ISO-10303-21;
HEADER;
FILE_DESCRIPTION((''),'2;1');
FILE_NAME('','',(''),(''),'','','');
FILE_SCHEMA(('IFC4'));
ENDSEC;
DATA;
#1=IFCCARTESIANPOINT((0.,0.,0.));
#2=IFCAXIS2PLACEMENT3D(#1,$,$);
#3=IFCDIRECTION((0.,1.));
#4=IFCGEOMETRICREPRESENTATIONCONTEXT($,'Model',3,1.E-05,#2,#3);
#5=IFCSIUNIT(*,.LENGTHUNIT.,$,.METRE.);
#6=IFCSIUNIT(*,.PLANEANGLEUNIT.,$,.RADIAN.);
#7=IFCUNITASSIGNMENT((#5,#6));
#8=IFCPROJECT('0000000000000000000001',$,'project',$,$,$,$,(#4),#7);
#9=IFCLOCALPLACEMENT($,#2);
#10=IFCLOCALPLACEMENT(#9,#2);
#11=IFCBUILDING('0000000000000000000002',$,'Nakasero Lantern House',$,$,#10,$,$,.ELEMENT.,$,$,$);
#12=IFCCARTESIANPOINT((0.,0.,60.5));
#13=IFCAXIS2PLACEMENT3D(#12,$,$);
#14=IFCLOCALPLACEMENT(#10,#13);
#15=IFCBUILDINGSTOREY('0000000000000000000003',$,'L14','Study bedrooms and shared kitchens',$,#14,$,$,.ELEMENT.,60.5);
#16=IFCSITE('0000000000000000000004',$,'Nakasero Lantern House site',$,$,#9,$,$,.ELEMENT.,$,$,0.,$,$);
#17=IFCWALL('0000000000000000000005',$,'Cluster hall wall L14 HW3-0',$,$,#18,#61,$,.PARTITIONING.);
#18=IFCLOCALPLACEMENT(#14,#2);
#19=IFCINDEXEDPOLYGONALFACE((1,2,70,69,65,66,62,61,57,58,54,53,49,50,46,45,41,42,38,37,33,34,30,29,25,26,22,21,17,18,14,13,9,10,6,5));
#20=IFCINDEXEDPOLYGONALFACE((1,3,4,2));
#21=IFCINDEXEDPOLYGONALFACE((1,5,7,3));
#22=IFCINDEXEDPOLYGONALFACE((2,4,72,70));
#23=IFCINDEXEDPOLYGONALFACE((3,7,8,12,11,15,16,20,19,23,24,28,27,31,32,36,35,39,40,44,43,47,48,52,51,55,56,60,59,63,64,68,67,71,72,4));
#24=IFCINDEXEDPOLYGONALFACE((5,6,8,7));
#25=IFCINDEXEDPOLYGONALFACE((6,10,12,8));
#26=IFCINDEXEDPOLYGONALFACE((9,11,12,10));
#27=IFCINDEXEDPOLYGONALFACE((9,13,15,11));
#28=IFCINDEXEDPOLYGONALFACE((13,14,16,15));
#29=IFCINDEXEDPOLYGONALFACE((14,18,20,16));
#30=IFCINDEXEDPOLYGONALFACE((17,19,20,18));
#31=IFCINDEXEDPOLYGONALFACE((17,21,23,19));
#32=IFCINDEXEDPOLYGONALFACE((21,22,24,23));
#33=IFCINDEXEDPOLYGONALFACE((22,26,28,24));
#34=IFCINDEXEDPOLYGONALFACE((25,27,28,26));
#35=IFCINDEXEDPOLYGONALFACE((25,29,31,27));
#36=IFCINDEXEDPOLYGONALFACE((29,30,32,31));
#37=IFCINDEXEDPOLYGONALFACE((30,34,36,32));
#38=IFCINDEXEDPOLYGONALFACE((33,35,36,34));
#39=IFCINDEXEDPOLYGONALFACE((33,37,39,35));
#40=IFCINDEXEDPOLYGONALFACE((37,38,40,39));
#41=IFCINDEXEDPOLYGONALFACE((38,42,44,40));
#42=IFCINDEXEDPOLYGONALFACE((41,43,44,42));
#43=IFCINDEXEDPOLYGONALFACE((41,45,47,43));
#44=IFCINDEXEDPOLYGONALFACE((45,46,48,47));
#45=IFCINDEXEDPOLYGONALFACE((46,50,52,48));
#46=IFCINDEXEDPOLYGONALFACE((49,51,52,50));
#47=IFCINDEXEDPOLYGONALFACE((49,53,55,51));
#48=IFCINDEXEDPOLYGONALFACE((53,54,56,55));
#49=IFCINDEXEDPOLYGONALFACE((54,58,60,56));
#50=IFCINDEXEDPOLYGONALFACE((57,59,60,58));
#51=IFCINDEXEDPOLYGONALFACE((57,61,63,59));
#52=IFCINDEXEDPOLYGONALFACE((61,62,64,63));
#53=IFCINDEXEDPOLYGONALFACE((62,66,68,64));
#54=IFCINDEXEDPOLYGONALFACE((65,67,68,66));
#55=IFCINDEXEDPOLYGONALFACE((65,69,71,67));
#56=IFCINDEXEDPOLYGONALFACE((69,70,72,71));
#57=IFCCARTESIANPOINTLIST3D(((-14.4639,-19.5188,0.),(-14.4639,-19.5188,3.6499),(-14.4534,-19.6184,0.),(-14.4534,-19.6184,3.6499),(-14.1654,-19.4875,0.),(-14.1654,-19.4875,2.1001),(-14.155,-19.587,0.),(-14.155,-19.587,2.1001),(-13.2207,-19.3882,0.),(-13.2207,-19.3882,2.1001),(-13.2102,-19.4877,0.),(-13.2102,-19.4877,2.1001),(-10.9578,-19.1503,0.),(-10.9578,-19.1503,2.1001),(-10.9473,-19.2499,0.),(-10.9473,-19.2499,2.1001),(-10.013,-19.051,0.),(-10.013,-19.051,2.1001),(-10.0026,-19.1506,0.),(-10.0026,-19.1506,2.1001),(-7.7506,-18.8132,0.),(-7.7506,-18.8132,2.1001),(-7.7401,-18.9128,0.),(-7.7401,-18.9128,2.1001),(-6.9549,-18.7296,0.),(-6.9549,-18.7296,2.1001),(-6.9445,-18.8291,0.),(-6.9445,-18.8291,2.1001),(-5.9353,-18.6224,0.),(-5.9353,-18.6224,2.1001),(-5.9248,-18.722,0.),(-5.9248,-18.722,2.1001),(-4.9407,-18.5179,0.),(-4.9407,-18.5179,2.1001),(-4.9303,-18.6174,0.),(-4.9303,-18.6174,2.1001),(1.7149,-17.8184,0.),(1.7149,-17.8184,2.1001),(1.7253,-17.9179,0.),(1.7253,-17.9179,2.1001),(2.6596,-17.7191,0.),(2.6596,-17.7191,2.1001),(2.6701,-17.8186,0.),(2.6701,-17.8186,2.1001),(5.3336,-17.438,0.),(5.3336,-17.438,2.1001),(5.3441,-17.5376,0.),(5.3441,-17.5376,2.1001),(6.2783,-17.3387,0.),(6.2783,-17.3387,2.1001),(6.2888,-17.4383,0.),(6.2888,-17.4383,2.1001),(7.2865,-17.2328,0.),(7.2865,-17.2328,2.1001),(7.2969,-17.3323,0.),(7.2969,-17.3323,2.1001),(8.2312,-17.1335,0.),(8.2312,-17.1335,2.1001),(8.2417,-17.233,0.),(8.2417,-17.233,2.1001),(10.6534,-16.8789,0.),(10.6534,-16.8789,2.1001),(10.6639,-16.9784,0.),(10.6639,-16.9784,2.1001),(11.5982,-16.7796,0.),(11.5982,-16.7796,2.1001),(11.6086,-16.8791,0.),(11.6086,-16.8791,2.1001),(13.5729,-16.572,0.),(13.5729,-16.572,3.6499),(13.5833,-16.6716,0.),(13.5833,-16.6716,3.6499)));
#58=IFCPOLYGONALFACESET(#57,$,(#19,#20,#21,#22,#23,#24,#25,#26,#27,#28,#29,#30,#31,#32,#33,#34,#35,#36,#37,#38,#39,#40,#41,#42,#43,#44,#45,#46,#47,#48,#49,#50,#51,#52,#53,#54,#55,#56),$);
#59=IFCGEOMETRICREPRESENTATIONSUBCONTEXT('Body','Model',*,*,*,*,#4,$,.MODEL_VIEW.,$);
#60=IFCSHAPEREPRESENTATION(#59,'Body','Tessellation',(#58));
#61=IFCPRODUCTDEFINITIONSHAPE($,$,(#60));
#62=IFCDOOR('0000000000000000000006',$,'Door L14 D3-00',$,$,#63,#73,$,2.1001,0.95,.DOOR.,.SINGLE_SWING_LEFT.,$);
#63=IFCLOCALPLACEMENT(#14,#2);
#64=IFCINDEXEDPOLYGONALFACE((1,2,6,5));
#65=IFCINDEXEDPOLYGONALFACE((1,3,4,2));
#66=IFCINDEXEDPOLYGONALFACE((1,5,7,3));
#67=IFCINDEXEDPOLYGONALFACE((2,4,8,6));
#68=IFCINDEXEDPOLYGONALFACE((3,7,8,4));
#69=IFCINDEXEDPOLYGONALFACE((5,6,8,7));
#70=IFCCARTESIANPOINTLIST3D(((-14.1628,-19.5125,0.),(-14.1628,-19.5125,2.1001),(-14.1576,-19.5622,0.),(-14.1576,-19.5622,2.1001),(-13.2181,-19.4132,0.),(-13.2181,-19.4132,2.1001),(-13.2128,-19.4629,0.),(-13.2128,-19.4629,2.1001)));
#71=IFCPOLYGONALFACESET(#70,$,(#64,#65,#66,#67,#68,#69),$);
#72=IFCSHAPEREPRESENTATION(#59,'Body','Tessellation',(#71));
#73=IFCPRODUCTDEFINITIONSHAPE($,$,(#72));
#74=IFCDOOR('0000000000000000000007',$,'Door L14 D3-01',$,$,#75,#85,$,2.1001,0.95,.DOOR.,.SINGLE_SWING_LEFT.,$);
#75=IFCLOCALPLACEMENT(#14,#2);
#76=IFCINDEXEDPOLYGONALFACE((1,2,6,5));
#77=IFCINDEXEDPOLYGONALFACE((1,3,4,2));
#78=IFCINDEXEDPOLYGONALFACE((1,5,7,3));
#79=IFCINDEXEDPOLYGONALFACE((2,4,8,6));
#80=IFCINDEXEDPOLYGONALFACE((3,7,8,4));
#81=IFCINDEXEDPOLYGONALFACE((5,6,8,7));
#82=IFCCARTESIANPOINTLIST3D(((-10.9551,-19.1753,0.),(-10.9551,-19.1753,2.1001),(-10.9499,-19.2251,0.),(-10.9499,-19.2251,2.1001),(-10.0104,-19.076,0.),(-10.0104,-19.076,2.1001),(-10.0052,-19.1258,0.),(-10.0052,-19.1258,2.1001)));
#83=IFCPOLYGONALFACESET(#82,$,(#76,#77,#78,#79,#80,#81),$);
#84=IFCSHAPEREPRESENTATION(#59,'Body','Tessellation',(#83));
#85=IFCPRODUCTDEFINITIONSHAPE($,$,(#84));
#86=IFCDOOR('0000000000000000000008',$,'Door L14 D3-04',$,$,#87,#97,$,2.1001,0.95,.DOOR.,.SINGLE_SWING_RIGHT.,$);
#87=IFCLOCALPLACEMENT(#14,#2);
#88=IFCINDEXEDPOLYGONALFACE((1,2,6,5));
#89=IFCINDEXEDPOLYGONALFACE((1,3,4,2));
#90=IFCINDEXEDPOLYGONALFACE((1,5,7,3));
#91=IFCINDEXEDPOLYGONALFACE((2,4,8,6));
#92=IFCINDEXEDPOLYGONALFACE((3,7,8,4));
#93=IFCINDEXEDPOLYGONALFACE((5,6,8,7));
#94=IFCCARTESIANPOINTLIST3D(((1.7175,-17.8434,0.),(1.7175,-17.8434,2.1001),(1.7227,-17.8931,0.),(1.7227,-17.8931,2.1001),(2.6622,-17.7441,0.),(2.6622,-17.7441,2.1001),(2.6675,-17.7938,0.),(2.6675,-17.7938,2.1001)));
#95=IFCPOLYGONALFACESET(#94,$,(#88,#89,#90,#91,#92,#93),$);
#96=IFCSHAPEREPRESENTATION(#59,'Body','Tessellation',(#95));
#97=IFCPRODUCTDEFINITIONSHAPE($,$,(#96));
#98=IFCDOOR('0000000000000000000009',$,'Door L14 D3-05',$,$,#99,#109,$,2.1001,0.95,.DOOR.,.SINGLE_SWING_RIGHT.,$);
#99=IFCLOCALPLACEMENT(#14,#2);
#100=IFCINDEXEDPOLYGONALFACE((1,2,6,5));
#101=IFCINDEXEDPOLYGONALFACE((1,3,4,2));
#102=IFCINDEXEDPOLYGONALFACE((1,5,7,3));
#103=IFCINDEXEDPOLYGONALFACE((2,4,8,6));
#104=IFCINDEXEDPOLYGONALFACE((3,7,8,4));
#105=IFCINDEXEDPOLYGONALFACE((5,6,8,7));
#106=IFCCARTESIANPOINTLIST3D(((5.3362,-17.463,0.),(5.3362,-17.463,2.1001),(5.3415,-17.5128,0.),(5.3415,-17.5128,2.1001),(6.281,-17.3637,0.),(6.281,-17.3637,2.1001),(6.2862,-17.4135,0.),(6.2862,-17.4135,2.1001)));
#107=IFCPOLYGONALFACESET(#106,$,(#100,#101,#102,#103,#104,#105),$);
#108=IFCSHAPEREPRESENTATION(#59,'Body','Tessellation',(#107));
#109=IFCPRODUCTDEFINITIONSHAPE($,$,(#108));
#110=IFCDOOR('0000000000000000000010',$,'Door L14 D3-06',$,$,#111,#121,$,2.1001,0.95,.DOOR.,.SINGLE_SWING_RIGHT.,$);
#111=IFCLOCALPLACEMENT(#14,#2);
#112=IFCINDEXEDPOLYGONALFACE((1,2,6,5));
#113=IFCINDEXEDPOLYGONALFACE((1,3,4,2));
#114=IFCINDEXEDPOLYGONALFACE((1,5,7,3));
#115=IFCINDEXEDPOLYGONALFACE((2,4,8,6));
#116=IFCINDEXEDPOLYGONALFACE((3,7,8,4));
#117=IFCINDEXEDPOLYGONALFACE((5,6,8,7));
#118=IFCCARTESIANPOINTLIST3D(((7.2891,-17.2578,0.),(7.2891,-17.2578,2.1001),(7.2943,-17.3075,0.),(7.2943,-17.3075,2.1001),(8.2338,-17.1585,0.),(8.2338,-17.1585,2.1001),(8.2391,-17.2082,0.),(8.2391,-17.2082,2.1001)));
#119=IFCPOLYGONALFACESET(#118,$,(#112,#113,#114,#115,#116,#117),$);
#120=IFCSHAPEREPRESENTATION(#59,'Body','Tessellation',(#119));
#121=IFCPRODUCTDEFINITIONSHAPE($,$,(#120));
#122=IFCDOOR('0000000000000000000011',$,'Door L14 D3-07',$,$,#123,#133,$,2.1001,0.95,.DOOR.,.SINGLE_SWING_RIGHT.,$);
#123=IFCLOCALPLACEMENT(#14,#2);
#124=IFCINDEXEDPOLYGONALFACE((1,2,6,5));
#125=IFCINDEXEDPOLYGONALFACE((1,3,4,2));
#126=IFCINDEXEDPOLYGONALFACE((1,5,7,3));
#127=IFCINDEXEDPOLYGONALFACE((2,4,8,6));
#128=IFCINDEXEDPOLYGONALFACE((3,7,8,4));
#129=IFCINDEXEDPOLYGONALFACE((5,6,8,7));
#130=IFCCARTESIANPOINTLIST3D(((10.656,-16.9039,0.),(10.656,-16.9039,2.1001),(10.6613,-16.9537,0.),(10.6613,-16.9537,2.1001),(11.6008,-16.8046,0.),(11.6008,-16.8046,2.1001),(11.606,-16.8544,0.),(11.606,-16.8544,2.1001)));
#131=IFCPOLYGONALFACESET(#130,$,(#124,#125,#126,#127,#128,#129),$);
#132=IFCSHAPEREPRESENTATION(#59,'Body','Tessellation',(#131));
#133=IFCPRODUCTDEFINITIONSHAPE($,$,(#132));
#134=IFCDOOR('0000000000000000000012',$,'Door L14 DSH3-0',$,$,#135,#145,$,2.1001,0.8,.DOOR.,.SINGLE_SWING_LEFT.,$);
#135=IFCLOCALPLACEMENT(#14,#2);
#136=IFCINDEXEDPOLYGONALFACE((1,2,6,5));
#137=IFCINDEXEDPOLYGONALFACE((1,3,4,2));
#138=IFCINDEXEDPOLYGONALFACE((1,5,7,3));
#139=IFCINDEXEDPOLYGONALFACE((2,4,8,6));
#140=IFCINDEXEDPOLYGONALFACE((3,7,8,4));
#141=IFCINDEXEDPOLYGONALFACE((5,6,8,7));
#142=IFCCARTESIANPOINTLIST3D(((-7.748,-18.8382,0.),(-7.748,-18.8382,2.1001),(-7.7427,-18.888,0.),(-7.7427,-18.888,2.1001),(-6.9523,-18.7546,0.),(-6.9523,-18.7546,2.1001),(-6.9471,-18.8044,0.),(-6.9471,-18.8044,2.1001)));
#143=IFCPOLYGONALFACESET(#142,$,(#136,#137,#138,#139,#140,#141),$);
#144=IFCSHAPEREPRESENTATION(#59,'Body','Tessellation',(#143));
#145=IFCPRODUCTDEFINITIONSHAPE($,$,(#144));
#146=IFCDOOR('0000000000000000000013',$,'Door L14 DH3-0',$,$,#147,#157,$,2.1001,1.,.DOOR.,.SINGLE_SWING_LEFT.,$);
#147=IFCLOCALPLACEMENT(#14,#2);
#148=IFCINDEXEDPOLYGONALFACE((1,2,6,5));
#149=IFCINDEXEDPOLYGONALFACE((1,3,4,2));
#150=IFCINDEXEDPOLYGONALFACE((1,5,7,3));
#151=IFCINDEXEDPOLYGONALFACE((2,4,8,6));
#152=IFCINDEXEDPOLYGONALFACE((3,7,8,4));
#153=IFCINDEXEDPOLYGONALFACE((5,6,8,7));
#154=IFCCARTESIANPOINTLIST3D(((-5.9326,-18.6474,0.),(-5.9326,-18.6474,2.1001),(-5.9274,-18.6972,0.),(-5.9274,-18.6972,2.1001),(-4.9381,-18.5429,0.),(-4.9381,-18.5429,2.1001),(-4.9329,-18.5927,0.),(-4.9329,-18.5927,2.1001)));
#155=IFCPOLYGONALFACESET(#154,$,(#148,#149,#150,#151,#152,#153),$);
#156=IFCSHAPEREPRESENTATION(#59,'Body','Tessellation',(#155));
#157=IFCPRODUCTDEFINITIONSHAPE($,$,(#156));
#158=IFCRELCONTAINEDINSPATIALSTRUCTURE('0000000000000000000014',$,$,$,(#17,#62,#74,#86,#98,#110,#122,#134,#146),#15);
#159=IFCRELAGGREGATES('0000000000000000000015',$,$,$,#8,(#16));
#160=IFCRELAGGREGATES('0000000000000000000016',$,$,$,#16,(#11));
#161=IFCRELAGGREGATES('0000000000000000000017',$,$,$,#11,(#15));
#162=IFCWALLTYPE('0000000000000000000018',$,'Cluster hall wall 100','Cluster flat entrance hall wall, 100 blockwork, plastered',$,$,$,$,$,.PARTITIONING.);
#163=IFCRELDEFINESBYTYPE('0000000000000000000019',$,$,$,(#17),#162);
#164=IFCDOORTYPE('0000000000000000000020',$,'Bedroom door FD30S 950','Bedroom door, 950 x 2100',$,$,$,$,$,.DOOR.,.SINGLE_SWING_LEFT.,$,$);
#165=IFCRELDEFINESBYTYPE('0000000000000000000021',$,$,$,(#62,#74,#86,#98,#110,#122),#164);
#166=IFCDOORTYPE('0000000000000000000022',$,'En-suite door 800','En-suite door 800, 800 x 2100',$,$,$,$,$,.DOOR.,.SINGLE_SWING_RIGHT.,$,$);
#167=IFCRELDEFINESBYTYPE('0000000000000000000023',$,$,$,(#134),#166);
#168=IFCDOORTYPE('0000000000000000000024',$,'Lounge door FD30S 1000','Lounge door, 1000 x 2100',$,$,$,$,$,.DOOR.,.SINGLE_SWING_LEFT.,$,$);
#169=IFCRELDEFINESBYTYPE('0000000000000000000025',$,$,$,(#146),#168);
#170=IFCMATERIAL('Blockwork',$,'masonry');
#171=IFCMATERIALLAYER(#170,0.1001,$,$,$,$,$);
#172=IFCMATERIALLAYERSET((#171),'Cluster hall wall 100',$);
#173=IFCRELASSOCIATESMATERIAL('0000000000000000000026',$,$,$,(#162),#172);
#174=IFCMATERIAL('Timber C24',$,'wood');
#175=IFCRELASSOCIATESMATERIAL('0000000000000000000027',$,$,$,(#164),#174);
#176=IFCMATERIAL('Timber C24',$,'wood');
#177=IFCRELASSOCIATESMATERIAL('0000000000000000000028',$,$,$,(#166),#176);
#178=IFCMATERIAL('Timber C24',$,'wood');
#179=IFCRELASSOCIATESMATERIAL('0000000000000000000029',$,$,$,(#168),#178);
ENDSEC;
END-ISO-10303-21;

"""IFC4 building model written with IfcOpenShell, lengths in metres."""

from ifc_helpers import new_model, si_unit, direction, frame, frame_2d, origin, place, context, subcontext, project, spatial, rectangle, extrude, material, layer, layer_set, type_object, element, fill, save


model = new_model("IFC4")

# Units and contexts
model_context = context("Model", 3, precision=1e-05, world=origin(), true_north=direction((0.0, 1.0)))
body_context = subcontext(model_context, "Body", "Model", "MODEL_VIEW")
ifc_project = project(units=[si_unit("LENGTHUNIT", "METRE"), si_unit("PLANEANGLEUNIT", "RADIAN")], contexts=[model_context])

# Site, building, storey
site_placement = place(None, origin())
site = spatial("IfcSite", under=ifc_project, at=site_placement, Name="Nakasero Lantern House site", CompositionType="ELEMENT", RefElevation=0.0)
building_placement = place(site_placement, origin())
building = spatial("IfcBuilding", under=site, at=building_placement, Name="Nakasero Lantern House", CompositionType="ELEMENT")
storey_placement = place(building_placement, frame((0.0, 0.0, 60.5)))
storey = spatial("IfcBuildingStorey", under=building, at=storey_placement, Name="L14", Description="Study bedrooms and shared kitchens", CompositionType="ELEMENT", Elevation=60.5)

# Wall, openings, doors
ifc_material_1 = material(Name="Blockwork", Category="masonry")
ifc_layer_1 = layer(ifc_material_1, 0.1001)
ifc_layer_set_1 = layer_set([ifc_layer_1], Name="Cluster hall wall 100")
wall_type_1 = type_object("IfcWallType", Name="Cluster hall wall 100", Description="Cluster flat entrance hall wall, 100 blockwork, plastered", PredefinedType="PARTITIONING", material=ifc_layer_set_1)
wall_1_placement = place(storey_placement, frame((-14.4587, -19.5686, 0.0), z_axis=(0.0, 0.0, 1.0), x_axis=(0.994522, 0.104529, 0.0)))
wall_1 = element("IfcWall", 1, at=wall_1_placement, inside=storey, type_object=wall_type_1, Name="Cluster hall wall L14 HW3-0", PredefinedType="PARTITIONING", context=body_context, shape_type="SweptSolid", body=[
    extrude(rectangle(XDim=28.1912, YDim=0.1001, at=frame_2d((14.0957, 0.0))), origin(), (0.0, 0.0, 1.0), 3.6499),
])
opening_1_placement = place(wall_1_placement, frame((8.5757, 0.0, 0.0)))
opening_1 = element("IfcOpeningElement", 2, at=opening_1_placement, cuts=wall_1, PredefinedType="OPENING", context=body_context, shape_type="SweptSolid", body=[
    extrude(rectangle(XDim=1.0, YDim=2.1001, at=frame_2d((0.5, 1.05))), frame((0.0, 0.0701, 0.0), z_axis=(0.0, -1.0, 0.0), x_axis=(1.0, 0.0, 0.0)), (0.0, 0.0, 1.0), 0.1401),
])
opening_2_placement = place(wall_1_placement, frame((6.7505, 0.0, 0.0)))
opening_2 = element("IfcOpeningElement", 3, at=opening_2_placement, cuts=wall_1, PredefinedType="OPENING", context=body_context, shape_type="SweptSolid", body=[
    extrude(rectangle(XDim=0.8, YDim=2.1001, at=frame_2d((0.3999, 1.05))), frame((0.0, 0.0701, 0.0), z_axis=(0.0, -1.0, 0.0), x_axis=(1.0, 0.0, 0.0)), (0.0, 0.0, 1.0), 0.1401),
])
opening_3_placement = place(wall_1_placement, frame((0.3, 0.0, 0.0)))
opening_3 = element("IfcOpeningElement", 4, at=opening_3_placement, cuts=wall_1, PredefinedType="OPENING", context=body_context, shape_type="SweptSolid", body=[
    extrude(rectangle(XDim=0.95, YDim=2.1001, at=frame_2d((0.4751, 1.05))), frame((0.0, 0.0701, 0.0), z_axis=(0.0, -1.0, 0.0), x_axis=(1.0, 0.0, 0.0)), (0.0, 0.0, 1.0), 0.1401),
])
opening_4_placement = place(wall_1_placement, frame((3.5254, 0.0, 0.0)))
opening_4 = element("IfcOpeningElement", 5, at=opening_4_placement, cuts=wall_1, PredefinedType="OPENING", context=body_context, shape_type="SweptSolid", body=[
    extrude(rectangle(XDim=0.95, YDim=2.1001, at=frame_2d((0.4751, 1.05))), frame((0.0, 0.0701, 0.0), z_axis=(0.0, -1.0, 0.0), x_axis=(1.0, 0.0, 0.0)), (0.0, 0.0, 1.0), 0.1401),
])
opening_5_placement = place(wall_1_placement, frame((16.2678, 0.0, 0.0)))
opening_5 = element("IfcOpeningElement", 6, at=opening_5_placement, cuts=wall_1, PredefinedType="OPENING", context=body_context, shape_type="SweptSolid", body=[
    extrude(rectangle(XDim=0.95, YDim=2.1001, at=frame_2d((0.4751, 1.05))), frame((0.0, 0.0701, 0.0), z_axis=(0.0, -1.0, 0.0), x_axis=(1.0, 0.0, 0.0)), (0.0, 0.0, 1.0), 0.1401),
])
opening_6_placement = place(wall_1_placement, frame((19.9065, 0.0, 0.0)))
opening_6 = element("IfcOpeningElement", 7, at=opening_6_placement, cuts=wall_1, PredefinedType="OPENING", context=body_context, shape_type="SweptSolid", body=[
    extrude(rectangle(XDim=0.95, YDim=2.1001, at=frame_2d((0.4751, 1.05))), frame((0.0, 0.0701, 0.0), z_axis=(0.0, -1.0, 0.0), x_axis=(1.0, 0.0, 0.0)), (0.0, 0.0, 1.0), 0.1401),
])
opening_7_placement = place(wall_1_placement, frame((21.8701, 0.0, 0.0)))
opening_7 = element("IfcOpeningElement", 8, at=opening_7_placement, cuts=wall_1, PredefinedType="OPENING", context=body_context, shape_type="SweptSolid", body=[
    extrude(rectangle(XDim=0.95, YDim=2.1001, at=frame_2d((0.4751, 1.05))), frame((0.0, 0.0701, 0.0), z_axis=(0.0, -1.0, 0.0), x_axis=(1.0, 0.0, 0.0)), (0.0, 0.0, 1.0), 0.1401),
])
opening_8_placement = place(wall_1_placement, frame((25.2556, 0.0, 0.0)))
opening_8 = element("IfcOpeningElement", 9, at=opening_8_placement, cuts=wall_1, PredefinedType="OPENING", context=body_context, shape_type="SweptSolid", body=[
    extrude(rectangle(XDim=0.95, YDim=2.1001, at=frame_2d((0.4751, 1.05))), frame((0.0, 0.0701, 0.0), z_axis=(0.0, -1.0, 0.0), x_axis=(1.0, 0.0, 0.0)), (0.0, 0.0, 1.0), 0.1401),
])
ifc_material_2 = material(Name="Timber C24", Category="wood")
door_type_1 = type_object("IfcDoorType", Name="Bedroom door FD30S 950", Description="Bedroom door, 950 x 2100", OperationType="SINGLE_SWING_LEFT", PredefinedType="DOOR", material=ifc_material_2)
door_1_placement = place(opening_3_placement, origin())
door_1 = element("IfcDoor", 10, at=door_1_placement, inside=storey, type_object=door_type_1, Name="Door L14 D3-00", OperationType="SINGLE_SWING_LEFT", OverallHeight=2.1001, OverallWidth=0.95, PredefinedType="DOOR", context=body_context, shape_type="SweptSolid", body=[
    extrude(rectangle(XDim=0.95, YDim=2.1001, at=frame_2d((0.4751, 1.05))), frame((0.0, 0.0249, 0.0), z_axis=(0.0, -1.0, 0.0), x_axis=(1.0, 0.0, 0.0)), (0.0, 0.0, 1.0), 0.05),
])
fill(opening_3, door_1)
door_2_placement = place(opening_4_placement, origin())
door_2 = element("IfcDoor", 11, at=door_2_placement, inside=storey, type_object=door_type_1, Name="Door L14 D3-01", OperationType="SINGLE_SWING_LEFT", OverallHeight=2.1001, OverallWidth=0.95, PredefinedType="DOOR", context=body_context, shape_type="SweptSolid", body=[
    extrude(rectangle(XDim=0.95, YDim=2.1001, at=frame_2d((0.4751, 1.05))), frame((0.0, 0.0249, 0.0), z_axis=(0.0, -1.0, 0.0), x_axis=(1.0, 0.0, 0.0)), (0.0, 0.0, 1.0), 0.05),
])
fill(opening_4, door_2)
door_3_placement = place(opening_5_placement, origin())
door_3 = element("IfcDoor", 12, at=door_3_placement, inside=storey, type_object=door_type_1, Name="Door L14 D3-04", OperationType="SINGLE_SWING_RIGHT", OverallHeight=2.1001, OverallWidth=0.95, PredefinedType="DOOR", context=body_context, shape_type="SweptSolid", body=[
    extrude(rectangle(XDim=0.95, YDim=2.1001, at=frame_2d((0.4751, 1.05))), frame((0.0, 0.0249, 0.0), z_axis=(0.0, -1.0, 0.0), x_axis=(1.0, 0.0, 0.0)), (0.0, 0.0, 1.0), 0.05),
])
fill(opening_5, door_3)
door_4_placement = place(opening_6_placement, origin())
door_4 = element("IfcDoor", 13, at=door_4_placement, inside=storey, type_object=door_type_1, Name="Door L14 D3-05", OperationType="SINGLE_SWING_RIGHT", OverallHeight=2.1001, OverallWidth=0.95, PredefinedType="DOOR", context=body_context, shape_type="SweptSolid", body=[
    extrude(rectangle(XDim=0.95, YDim=2.1001, at=frame_2d((0.4751, 1.05))), frame((0.0, 0.0249, 0.0), z_axis=(0.0, -1.0, 0.0), x_axis=(1.0, 0.0, 0.0)), (0.0, 0.0, 1.0), 0.05),
])
fill(opening_6, door_4)
door_5_placement = place(opening_7_placement, origin())
door_5 = element("IfcDoor", 14, at=door_5_placement, inside=storey, type_object=door_type_1, Name="Door L14 D3-06", OperationType="SINGLE_SWING_RIGHT", OverallHeight=2.1001, OverallWidth=0.95, PredefinedType="DOOR", context=body_context, shape_type="SweptSolid", body=[
    extrude(rectangle(XDim=0.95, YDim=2.1001, at=frame_2d((0.4751, 1.05))), frame((0.0, 0.0249, 0.0), z_axis=(0.0, -1.0, 0.0), x_axis=(1.0, 0.0, 0.0)), (0.0, 0.0, 1.0), 0.05),
])
fill(opening_7, door_5)
door_6_placement = place(opening_8_placement, origin())
door_6 = element("IfcDoor", 15, at=door_6_placement, inside=storey, type_object=door_type_1, Name="Door L14 D3-07", OperationType="SINGLE_SWING_RIGHT", OverallHeight=2.1001, OverallWidth=0.95, PredefinedType="DOOR", context=body_context, shape_type="SweptSolid", body=[
    extrude(rectangle(XDim=0.95, YDim=2.1001, at=frame_2d((0.4751, 1.05))), frame((0.0, 0.0249, 0.0), z_axis=(0.0, -1.0, 0.0), x_axis=(1.0, 0.0, 0.0)), (0.0, 0.0, 1.0), 0.05),
])
fill(opening_8, door_6)
ifc_material_3 = material(Name="Timber C24", Category="wood")
door_type_2 = type_object("IfcDoorType", Name="En-suite door 800", Description="En-suite door 800, 800 x 2100", OperationType="SINGLE_SWING_RIGHT", PredefinedType="DOOR", material=ifc_material_3)
door_7_placement = place(opening_2_placement, origin())
door_7 = element("IfcDoor", 16, at=door_7_placement, inside=storey, type_object=door_type_2, Name="Door L14 DSH3-0", OperationType="SINGLE_SWING_LEFT", OverallHeight=2.1001, OverallWidth=0.8, PredefinedType="DOOR", context=body_context, shape_type="SweptSolid", body=[
    extrude(rectangle(XDim=0.8, YDim=2.1001, at=frame_2d((0.3999, 1.05))), frame((0.0, 0.0249, 0.0), z_axis=(0.0, -1.0, 0.0), x_axis=(1.0, 0.0, 0.0)), (0.0, 0.0, 1.0), 0.05),
])
fill(opening_2, door_7)
ifc_material_4 = material(Name="Timber C24", Category="wood")
door_type_3 = type_object("IfcDoorType", Name="Lounge door FD30S 1000", Description="Lounge door, 1000 x 2100", OperationType="SINGLE_SWING_LEFT", PredefinedType="DOOR", material=ifc_material_4)
door_8_placement = place(opening_1_placement, origin())
door_8 = element("IfcDoor", 17, at=door_8_placement, inside=storey, type_object=door_type_3, Name="Door L14 DH3-0", OperationType="SINGLE_SWING_LEFT", OverallHeight=2.1001, OverallWidth=1.0, PredefinedType="DOOR", context=body_context, shape_type="SweptSolid", body=[
    extrude(rectangle(XDim=1.0, YDim=2.1001, at=frame_2d((0.5, 1.05))), frame((0.0, 0.0249, 0.0), z_axis=(0.0, -1.0, 0.0), x_axis=(1.0, 0.0, 0.0)), (0.0, 0.0, 1.0), 0.05),
])
fill(opening_1, door_8)

save(model, "model.ifc")
